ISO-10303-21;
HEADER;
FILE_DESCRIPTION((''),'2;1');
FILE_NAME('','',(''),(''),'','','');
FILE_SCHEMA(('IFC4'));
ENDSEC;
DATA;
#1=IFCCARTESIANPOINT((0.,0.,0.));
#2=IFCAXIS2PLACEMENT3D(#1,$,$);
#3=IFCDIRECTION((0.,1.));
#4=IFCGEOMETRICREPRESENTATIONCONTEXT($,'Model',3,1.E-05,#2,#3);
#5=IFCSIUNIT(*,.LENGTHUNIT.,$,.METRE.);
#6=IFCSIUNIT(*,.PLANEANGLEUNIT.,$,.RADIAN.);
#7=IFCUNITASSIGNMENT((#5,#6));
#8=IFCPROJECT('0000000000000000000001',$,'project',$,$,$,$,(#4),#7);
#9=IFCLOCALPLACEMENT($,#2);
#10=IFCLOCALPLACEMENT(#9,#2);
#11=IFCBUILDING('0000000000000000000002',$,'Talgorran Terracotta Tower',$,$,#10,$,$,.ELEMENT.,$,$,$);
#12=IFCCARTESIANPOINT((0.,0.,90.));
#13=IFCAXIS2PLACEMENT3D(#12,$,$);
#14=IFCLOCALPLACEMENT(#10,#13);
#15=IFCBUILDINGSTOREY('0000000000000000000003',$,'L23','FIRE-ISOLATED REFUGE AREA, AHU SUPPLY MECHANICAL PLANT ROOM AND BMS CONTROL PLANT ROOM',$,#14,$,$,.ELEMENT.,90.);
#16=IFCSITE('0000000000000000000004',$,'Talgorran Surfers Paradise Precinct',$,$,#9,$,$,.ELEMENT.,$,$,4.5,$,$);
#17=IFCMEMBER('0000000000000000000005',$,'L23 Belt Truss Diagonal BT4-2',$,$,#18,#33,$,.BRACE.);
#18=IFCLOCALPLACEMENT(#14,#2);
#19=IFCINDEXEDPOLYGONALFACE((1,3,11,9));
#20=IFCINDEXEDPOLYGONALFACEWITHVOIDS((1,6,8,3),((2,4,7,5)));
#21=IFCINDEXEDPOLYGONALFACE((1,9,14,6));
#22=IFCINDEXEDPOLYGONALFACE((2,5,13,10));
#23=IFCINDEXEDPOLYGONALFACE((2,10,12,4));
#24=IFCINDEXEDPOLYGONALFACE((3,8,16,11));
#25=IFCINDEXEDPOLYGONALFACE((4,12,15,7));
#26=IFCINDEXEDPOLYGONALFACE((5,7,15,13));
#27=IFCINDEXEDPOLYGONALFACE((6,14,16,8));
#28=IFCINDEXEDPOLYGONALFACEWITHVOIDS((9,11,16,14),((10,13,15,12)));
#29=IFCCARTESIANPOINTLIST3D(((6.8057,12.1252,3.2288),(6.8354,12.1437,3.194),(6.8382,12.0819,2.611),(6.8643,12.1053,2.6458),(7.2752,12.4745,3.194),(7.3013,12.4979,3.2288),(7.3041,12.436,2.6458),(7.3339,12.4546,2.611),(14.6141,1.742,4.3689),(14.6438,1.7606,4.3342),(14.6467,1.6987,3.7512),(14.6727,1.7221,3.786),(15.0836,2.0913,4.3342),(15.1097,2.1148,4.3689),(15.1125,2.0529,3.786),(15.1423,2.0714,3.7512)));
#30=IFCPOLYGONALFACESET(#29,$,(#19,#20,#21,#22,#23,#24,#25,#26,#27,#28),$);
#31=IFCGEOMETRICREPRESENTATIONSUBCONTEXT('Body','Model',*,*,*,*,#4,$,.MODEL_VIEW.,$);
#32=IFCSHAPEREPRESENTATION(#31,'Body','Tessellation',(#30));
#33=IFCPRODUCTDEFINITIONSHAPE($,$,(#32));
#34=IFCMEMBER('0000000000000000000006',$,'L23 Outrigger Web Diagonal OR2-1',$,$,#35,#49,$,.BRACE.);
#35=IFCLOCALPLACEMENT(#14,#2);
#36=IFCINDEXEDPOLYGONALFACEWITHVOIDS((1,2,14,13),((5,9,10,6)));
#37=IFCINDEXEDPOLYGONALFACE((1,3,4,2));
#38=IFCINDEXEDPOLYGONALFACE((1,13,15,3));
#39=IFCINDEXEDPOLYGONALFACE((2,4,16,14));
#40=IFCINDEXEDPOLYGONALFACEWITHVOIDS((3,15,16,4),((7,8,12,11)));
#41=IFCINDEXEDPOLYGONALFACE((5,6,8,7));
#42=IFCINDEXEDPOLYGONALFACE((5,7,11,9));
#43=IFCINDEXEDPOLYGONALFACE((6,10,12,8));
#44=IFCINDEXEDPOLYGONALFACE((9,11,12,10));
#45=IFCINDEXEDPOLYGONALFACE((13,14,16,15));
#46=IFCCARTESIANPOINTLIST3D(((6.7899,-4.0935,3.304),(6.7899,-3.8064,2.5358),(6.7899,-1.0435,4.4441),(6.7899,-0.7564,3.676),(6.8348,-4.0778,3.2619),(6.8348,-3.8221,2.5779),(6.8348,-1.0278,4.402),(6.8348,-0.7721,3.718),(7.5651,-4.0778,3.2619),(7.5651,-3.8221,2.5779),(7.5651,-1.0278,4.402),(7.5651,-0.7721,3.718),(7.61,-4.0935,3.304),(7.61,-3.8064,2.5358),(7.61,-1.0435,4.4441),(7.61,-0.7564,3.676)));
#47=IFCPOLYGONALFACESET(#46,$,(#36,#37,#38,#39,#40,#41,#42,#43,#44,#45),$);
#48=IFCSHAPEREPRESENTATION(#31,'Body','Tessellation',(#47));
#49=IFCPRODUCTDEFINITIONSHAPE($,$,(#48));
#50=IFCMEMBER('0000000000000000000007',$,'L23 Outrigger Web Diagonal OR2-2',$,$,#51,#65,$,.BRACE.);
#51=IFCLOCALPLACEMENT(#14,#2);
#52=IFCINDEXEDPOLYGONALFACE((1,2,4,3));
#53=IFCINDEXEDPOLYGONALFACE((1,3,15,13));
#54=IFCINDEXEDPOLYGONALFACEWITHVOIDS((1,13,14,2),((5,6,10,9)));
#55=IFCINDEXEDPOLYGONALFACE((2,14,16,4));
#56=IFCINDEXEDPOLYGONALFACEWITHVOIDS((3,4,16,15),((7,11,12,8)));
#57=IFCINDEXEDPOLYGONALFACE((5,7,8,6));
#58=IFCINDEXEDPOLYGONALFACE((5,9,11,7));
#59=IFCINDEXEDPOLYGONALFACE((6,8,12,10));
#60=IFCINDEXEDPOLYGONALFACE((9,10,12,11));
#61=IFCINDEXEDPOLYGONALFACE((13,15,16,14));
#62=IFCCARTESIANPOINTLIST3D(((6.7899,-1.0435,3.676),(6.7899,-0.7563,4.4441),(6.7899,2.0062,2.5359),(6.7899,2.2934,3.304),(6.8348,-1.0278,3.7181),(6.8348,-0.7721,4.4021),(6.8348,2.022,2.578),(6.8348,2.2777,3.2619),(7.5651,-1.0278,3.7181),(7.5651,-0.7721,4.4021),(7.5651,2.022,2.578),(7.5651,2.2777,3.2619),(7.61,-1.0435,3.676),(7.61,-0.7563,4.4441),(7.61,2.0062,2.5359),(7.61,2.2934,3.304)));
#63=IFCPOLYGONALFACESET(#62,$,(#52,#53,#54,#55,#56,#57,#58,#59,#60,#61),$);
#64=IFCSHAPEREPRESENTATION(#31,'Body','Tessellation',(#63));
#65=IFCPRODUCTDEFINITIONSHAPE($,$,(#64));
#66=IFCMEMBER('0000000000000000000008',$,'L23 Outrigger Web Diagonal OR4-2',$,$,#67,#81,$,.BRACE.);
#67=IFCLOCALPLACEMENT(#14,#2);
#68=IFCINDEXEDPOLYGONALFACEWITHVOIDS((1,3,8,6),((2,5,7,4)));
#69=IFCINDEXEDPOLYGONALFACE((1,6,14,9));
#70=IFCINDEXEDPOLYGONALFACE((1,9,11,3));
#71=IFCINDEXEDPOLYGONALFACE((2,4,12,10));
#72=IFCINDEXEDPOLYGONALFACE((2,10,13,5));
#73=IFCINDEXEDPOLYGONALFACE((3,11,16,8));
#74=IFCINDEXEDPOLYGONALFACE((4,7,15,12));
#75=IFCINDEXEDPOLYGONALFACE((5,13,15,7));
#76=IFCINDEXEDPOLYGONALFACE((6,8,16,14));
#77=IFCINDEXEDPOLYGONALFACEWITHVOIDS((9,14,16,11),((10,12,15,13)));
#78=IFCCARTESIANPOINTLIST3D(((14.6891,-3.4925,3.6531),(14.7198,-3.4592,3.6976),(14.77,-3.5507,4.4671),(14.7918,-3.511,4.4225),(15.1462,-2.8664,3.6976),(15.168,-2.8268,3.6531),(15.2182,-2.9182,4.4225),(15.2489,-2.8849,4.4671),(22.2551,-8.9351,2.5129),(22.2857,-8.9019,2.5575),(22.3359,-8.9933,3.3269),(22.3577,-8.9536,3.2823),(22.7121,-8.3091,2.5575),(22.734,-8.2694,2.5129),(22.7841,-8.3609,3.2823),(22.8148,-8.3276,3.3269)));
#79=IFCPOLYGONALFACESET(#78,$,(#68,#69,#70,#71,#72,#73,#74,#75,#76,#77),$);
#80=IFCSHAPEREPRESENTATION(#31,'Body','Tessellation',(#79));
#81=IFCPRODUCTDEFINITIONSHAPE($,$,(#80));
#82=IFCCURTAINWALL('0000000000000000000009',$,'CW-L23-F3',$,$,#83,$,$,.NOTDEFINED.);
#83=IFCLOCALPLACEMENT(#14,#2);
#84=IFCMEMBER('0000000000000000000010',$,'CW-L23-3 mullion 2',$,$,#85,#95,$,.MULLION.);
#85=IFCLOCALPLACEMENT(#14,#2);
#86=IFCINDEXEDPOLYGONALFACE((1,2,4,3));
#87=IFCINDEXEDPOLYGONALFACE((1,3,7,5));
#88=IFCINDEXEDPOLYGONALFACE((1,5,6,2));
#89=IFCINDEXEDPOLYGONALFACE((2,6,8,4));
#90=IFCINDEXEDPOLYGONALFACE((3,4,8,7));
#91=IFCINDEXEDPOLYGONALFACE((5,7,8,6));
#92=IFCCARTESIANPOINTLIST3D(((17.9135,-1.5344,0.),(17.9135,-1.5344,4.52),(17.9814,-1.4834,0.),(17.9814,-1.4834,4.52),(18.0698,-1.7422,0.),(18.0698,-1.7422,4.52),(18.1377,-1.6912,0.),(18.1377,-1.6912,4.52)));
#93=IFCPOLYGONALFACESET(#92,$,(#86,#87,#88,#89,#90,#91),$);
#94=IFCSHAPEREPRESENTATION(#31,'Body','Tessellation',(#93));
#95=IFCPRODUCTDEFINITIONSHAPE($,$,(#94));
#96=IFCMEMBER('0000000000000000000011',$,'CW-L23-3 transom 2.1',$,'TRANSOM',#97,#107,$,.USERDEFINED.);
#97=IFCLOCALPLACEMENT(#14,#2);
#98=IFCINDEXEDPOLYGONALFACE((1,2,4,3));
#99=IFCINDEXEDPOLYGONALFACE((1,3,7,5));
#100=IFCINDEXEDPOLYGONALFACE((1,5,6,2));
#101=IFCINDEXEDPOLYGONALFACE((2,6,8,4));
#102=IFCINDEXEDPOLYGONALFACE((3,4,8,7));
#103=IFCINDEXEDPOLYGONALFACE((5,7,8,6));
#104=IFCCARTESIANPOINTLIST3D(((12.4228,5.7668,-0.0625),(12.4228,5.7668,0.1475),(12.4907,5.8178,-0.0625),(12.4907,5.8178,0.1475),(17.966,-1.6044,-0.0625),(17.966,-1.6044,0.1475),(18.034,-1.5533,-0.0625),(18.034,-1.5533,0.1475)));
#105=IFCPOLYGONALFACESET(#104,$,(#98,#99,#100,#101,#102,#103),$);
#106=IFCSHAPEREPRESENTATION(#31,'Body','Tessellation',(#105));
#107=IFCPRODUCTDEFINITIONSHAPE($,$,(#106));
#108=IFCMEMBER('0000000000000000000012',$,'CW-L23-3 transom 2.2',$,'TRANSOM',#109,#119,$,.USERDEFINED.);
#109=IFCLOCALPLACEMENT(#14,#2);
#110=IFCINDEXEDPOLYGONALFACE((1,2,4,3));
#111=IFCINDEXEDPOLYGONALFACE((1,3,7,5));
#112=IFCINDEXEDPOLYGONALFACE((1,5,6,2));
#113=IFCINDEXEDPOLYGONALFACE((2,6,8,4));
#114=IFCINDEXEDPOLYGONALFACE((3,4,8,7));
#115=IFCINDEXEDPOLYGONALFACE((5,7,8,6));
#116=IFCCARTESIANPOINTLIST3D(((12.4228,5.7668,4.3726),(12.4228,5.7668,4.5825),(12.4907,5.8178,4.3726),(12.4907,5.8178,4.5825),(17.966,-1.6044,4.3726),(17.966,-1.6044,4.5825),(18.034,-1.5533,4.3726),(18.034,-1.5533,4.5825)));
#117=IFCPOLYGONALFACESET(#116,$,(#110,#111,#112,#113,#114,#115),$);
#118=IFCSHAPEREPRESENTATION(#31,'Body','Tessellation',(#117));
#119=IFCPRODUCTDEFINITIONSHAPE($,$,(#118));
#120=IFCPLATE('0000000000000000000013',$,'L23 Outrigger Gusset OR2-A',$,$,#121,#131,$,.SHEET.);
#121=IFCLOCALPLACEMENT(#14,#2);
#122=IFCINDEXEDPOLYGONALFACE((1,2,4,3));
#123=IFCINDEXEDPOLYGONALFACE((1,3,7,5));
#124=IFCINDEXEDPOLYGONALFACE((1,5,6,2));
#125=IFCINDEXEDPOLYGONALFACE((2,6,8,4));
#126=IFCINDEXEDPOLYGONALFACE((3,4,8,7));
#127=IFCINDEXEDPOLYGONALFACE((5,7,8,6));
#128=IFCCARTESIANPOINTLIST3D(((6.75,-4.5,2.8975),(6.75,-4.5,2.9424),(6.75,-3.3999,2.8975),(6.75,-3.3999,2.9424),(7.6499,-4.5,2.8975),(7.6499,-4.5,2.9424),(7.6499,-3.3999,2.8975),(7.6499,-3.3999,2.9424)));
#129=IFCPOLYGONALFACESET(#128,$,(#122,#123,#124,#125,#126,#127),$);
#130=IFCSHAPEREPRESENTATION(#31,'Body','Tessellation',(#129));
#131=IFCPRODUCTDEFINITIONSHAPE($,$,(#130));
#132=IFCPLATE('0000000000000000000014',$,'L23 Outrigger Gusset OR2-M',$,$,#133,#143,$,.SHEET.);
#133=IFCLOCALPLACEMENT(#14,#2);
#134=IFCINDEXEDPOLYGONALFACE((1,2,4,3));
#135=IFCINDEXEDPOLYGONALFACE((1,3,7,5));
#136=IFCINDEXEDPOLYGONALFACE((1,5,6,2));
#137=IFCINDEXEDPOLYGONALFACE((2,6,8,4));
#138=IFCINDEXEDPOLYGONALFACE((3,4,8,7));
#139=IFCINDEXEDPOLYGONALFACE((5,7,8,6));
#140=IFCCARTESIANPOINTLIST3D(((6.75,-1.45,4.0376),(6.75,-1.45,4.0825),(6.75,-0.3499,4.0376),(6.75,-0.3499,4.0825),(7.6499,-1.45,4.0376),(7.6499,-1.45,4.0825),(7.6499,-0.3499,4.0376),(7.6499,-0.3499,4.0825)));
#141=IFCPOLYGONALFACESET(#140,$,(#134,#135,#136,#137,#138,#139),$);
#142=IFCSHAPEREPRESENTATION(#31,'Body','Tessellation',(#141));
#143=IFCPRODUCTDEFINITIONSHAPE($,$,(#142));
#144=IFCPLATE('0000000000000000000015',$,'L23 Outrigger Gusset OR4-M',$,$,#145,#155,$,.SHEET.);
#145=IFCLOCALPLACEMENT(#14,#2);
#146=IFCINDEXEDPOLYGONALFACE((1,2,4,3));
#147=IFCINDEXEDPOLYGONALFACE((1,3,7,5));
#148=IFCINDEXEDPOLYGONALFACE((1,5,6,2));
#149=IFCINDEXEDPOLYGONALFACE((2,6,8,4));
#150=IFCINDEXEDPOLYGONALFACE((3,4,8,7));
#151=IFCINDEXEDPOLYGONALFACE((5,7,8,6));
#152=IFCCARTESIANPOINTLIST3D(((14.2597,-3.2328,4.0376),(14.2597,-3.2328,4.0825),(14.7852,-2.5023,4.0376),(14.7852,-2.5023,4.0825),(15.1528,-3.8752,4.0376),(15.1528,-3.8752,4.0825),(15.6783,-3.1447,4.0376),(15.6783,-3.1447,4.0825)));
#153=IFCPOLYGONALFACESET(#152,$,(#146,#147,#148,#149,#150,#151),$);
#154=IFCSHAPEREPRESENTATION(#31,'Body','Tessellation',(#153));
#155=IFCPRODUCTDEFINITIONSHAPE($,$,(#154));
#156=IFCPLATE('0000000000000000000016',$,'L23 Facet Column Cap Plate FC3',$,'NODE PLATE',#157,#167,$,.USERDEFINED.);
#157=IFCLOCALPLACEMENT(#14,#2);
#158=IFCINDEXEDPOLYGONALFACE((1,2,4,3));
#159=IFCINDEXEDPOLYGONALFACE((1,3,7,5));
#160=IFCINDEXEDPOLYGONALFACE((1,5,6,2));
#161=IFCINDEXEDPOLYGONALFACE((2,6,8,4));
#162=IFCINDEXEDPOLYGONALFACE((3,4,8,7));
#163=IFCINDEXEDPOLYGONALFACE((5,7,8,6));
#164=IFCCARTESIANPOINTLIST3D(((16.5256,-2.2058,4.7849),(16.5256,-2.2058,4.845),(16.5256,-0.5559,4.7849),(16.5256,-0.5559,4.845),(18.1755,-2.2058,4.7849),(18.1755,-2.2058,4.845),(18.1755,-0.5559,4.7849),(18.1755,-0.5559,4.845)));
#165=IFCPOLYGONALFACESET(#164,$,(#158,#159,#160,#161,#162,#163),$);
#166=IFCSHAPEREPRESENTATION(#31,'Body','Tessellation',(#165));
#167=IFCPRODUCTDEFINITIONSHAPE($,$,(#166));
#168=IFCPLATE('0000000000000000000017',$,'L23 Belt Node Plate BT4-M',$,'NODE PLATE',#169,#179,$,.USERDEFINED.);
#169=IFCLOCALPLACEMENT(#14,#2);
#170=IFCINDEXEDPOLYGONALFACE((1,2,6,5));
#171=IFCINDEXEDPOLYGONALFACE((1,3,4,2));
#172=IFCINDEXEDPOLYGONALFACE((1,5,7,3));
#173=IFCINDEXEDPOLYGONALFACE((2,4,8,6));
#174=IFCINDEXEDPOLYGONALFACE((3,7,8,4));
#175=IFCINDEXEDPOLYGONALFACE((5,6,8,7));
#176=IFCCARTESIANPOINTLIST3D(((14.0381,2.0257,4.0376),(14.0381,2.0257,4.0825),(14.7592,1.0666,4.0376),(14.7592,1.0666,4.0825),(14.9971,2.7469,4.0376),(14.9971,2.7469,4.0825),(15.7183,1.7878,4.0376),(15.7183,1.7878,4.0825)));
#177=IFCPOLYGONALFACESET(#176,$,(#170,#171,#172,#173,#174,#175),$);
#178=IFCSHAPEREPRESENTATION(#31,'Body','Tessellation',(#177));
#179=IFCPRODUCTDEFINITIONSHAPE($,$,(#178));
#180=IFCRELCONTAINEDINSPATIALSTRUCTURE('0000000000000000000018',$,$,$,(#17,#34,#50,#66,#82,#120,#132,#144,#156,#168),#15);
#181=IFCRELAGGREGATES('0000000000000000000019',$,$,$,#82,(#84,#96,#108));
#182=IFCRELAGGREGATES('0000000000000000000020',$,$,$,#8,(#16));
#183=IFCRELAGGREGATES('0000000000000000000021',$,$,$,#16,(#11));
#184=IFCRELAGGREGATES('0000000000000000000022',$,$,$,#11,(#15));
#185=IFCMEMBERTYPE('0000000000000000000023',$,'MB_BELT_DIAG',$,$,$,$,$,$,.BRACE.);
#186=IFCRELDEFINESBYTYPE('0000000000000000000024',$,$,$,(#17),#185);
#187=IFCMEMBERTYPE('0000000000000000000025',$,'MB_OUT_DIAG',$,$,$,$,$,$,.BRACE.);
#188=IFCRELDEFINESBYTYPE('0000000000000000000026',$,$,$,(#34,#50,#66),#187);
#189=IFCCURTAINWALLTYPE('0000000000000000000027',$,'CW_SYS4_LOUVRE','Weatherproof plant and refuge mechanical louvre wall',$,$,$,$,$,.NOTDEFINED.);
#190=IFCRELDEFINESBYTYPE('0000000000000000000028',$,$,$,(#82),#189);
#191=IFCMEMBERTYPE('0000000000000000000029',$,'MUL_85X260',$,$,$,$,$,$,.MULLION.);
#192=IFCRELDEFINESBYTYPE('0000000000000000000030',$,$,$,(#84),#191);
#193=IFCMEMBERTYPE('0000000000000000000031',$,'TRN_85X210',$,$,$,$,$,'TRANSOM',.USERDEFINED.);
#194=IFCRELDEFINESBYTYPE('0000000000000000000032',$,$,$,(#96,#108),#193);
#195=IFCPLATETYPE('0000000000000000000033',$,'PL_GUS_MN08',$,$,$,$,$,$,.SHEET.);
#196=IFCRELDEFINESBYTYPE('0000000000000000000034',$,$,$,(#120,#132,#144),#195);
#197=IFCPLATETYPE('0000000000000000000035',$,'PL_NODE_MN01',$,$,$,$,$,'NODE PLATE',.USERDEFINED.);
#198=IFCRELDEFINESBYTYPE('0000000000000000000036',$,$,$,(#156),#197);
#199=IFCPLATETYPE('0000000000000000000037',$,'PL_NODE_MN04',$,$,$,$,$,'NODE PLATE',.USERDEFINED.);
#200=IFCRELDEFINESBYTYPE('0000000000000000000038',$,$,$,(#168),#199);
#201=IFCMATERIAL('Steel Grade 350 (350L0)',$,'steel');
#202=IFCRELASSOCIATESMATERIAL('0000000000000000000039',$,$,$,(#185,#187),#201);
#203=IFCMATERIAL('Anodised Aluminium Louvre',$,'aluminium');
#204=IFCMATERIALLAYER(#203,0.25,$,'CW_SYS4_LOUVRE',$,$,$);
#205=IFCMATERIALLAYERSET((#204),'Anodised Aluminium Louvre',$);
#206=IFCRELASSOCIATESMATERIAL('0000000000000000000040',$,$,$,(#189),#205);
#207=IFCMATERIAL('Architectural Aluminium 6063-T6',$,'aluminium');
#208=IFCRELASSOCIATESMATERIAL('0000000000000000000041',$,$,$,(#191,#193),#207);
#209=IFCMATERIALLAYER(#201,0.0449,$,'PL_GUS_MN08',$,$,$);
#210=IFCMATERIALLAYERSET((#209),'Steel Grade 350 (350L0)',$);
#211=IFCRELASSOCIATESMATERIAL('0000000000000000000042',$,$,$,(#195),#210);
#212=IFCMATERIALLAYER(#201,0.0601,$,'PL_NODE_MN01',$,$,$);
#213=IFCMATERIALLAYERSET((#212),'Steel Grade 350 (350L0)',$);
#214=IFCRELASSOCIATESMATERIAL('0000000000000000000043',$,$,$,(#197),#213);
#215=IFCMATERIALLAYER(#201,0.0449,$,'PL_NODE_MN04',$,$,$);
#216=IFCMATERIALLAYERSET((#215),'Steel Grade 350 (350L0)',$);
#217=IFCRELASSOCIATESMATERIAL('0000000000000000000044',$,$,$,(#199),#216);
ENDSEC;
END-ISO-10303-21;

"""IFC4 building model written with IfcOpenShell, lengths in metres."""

from ifc_helpers import new_model, si_unit, direction, frame, origin, origin_2d, place, context, subcontext, project, spatial, rectangle, hollow_rectangle, extrude, material, layer, layer_set, material_profile, profile_set, type_object, element, aggregate, save


model = new_model("IFC4")

# Units and contexts
model_context = context("Model", 3, precision=1e-05, world=origin(), true_north=direction((0.0, 1.0)))
body_context = subcontext(model_context, "Body", "Model", "MODEL_VIEW")
ifc_project = project(units=[si_unit("LENGTHUNIT", "METRE"), si_unit("PLANEANGLEUNIT", "RADIAN")], contexts=[model_context])

# Site, building, storey
site_placement = place(None, origin())
site = spatial("IfcSite", under=ifc_project, at=site_placement, Name="Talgorran Surfers Paradise Precinct", CompositionType="ELEMENT", RefElevation=4.5)
building_placement = place(site_placement, origin())
building = spatial("IfcBuilding", under=site, at=building_placement, Name="Talgorran Terracotta Tower", CompositionType="ELEMENT")
storey_placement = place(building_placement, frame((0.0, 0.0, 90.0)))
storey = spatial("IfcBuildingStorey", under=building, at=storey_placement, Name="L23", Description="FIRE-ISOLATED REFUGE AREA, AHU SUPPLY MECHANICAL PLANT ROOM AND BMS CONTROL PLANT ROOM", CompositionType="ELEMENT", Elevation=90.0)

# Shared definitions
ifc_material_1 = material(Name="Steel Grade 350 (350L0)", Category="steel")

# Members
ifc_material_profile_1 = material_profile(ifc_material_1, hollow_rectangle(XDim=0.6201, YDim=0.6201, WallThickness=0.0349, at=origin_2d()), Name="WBOX620X620X35")
ifc_profile_set_1 = profile_set([ifc_material_profile_1], Name="Steel Grade 350 (350L0)")
member_type_1 = type_object("IfcMemberType", Name="MB_BELT_DIAG", PredefinedType="BRACE", material=ifc_profile_set_1)
member_1_placement = place(storey_placement, frame((14.8782, 1.9067, 4.0601), z_axis=(-0.598736, 0.796161, -0.087424), x_axis=(-0.799221, -0.601037, 0.0)))
element("IfcMember", 1, at=member_1_placement, inside=storey, type_object=member_type_1, Name="L23 Belt Truss Diagonal BT4-2", PredefinedType="BRACE", context=body_context, shape_type="SweptSolid", body=[
    extrude(hollow_rectangle(XDim=0.6201, YDim=0.6201, WallThickness=0.0349, at=origin_2d()), origin(), (0.0, 0.0, 1.0), 13.0415),
])
ifc_material_profile_2 = material_profile(ifc_material_1, hollow_rectangle(XDim=0.8201, YDim=0.8201, WallThickness=0.0449, at=origin_2d()), Name="WBOX820X820X45")
ifc_profile_set_2 = profile_set([ifc_material_profile_2], Name="Steel Grade 350 (350L0)")
member_type_2 = type_object("IfcMemberType", Name="MB_OUT_DIAG", PredefinedType="BRACE", material=ifc_profile_set_2)
member_2_placement = place(storey_placement, frame((7.2, -3.95, 2.9199), z_axis=(0.0, 0.936695, 0.350145), x_axis=(-1.0, 0.0, 0.0)))
element("IfcMember", 2, at=member_2_placement, inside=storey, type_object=member_type_2, Name="L23 Outrigger Web Diagonal OR2-1", PredefinedType="BRACE", context=body_context, shape_type="SweptSolid", body=[
    extrude(hollow_rectangle(XDim=0.8201, YDim=0.8201, WallThickness=0.0449, at=origin_2d()), origin(), (0.0, 0.0, 1.0), 3.2561),
])
member_3_placement = place(storey_placement, frame((7.2, -0.8999, 4.0601), z_axis=(0.0, 0.936686, -0.35017), x_axis=(-1.0, 0.0, 0.0)))
element("IfcMember", 3, at=member_3_placement, inside=storey, type_object=member_type_2, Name="L23 Outrigger Web Diagonal OR2-2", PredefinedType="BRACE", context=body_context, shape_type="SweptSolid", body=[
    extrude(hollow_rectangle(XDim=0.8201, YDim=0.8201, WallThickness=0.0449, at=origin_2d()), origin(), (0.0, 0.0, 1.0), 3.2559),
])
member_4_placement = place(storey_placement, frame((14.969, -3.1887, 4.0601), z_axis=(0.805774, -0.579642, -0.121425), x_axis=(0.583963, 0.81178, 0.0)))
element("IfcMember", 4, at=member_4_placement, inside=storey, type_object=member_type_2, Name="L23 Outrigger Web Diagonal OR4-2", PredefinedType="BRACE", context=body_context, shape_type="SweptSolid", body=[
    extrude(hollow_rectangle(XDim=0.8201, YDim=0.8201, WallThickness=0.0449, at=origin_2d()), origin(), (0.0, 0.0, 1.0), 9.3896),
])

# Curtain wall, members
ifc_material_2 = material(Name="Anodised Aluminium Louvre", Category="aluminium")
ifc_layer_1 = layer(ifc_material_2, 0.25, Name="CW_SYS4_LOUVRE")
ifc_layer_set_1 = layer_set([ifc_layer_1], Name="Anodised Aluminium Louvre")
curtain_wall_type = type_object("IfcCurtainWallType", Name="CW_SYS4_LOUVRE", Description="Weatherproof plant and refuge mechanical louvre wall", PredefinedType="NOTDEFINED", material=ifc_layer_set_1)
curtain_wall_placement = place(storey_placement, origin())
curtain_wall = element("IfcCurtainWall", 5, at=curtain_wall_placement, inside=storey, type_object=curtain_wall_type, Name="CW-L23-F3", PredefinedType="NOTDEFINED")
ifc_material_3 = material(Name="Architectural Aluminium 6063-T6", Category="aluminium")
ifc_material_profile_3 = material_profile(ifc_material_3, rectangle(XDim=0.085, YDim=0.26, at=origin_2d()), Name="CWM85X260")
ifc_profile_set_3 = profile_set([ifc_material_profile_3], Name="Architectural Aluminium 6063-T6")
member_type_3 = type_object("IfcMemberType", Name="MUL_85X260", PredefinedType="MULLION", material=ifc_profile_set_3)
member_5_placement = place(storey_placement, frame((18.0256, -1.6128, 0.0), z_axis=(0.0, 0.0, 1.0), x_axis=(-0.799214, -0.601047, 0.0)))
member_5 = element("IfcMember", 6, at=member_5_placement, type_object=member_type_3, Name="CW-L23-3 mullion 2", PredefinedType="MULLION", context=body_context, shape_type="SweptSolid", body=[
    extrude(rectangle(XDim=0.085, YDim=0.26, at=origin_2d()), origin(), (0.0, 0.0, 1.0), 4.52),
])
ifc_material_profile_4 = material_profile(ifc_material_3, rectangle(XDim=0.085, YDim=0.21, at=origin_2d()), Name="CWT85X210")
ifc_profile_set_4 = profile_set([ifc_material_profile_4], Name="Architectural Aluminium 6063-T6")
member_type_4 = type_object("IfcMemberType", Name="TRN_85X210", ElementType="TRANSOM", PredefinedType="USERDEFINED", material=ifc_profile_set_4)
member_6_placement = place(storey_placement, frame((18.0, -1.5789, 0.0425), z_axis=(-0.601033, 0.799224, 0.0), x_axis=(-0.799224, -0.601033, 0.0)))
member_6 = element("IfcMember", 7, at=member_6_placement, type_object=member_type_4, Name="CW-L23-3 transom 2.1", ObjectType="TRANSOM", PredefinedType="USERDEFINED", context=body_context, shape_type="SweptSolid", body=[
    extrude(rectangle(XDim=0.085, YDim=0.21, at=origin_2d()), origin(), (0.0, 0.0, 1.0), 9.2229),
])
member_7_placement = place(storey_placement, frame((18.0, -1.5789, 4.4775), z_axis=(-0.601033, 0.799224, 0.0), x_axis=(-0.799224, -0.601033, 0.0)))
member_7 = element("IfcMember", 8, at=member_7_placement, type_object=member_type_4, Name="CW-L23-3 transom 2.2", ObjectType="TRANSOM", PredefinedType="USERDEFINED", context=body_context, shape_type="SweptSolid", body=[
    extrude(rectangle(XDim=0.085, YDim=0.21, at=origin_2d()), origin(), (0.0, 0.0, 1.0), 9.2229),
])

# Plates
ifc_layer_2 = layer(ifc_material_1, 0.0449, Name="PL_GUS_MN08")
ifc_layer_set_2 = layer_set([ifc_layer_2], Name="Steel Grade 350 (350L0)")
plate_type_1 = type_object("IfcPlateType", Name="PL_GUS_MN08", PredefinedType="SHEET", material=ifc_layer_set_2)
for number, where, z_axis, x_axis, name in (
    (9, (7.2, -3.95, 2.8975), (0.0, 0.0, 1.0), (0.0, 1.0, 0.0), "L23 Outrigger Gusset OR2-A"),
    (10, (7.2, -0.8999, 4.0376), (0.0, 0.0, 1.0), (0.0, 1.0, 0.0), "L23 Outrigger Gusset OR2-M"),
    (11, (14.969, -3.1887, 4.0376), (0.0, 0.0, 1.0), (0.811778, -0.583966, 0.0), "L23 Outrigger Gusset OR4-M"),
):
    element("IfcPlate", number, at=place(storey_placement, frame(where, z_axis=z_axis, x_axis=x_axis)), inside=storey, type_object=plate_type_1, Name=name, PredefinedType="SHEET", context=body_context, shape_type="SweptSolid", body=[
        extrude(rectangle(XDim=1.1001, YDim=0.8999, at=origin_2d()), origin(), (0.0, 0.0, 1.0), 0.0449),
    ])
ifc_layer_3 = layer(ifc_material_1, 0.0601, Name="PL_NODE_MN01")
ifc_layer_set_3 = layer_set([ifc_layer_3], Name="Steel Grade 350 (350L0)")
plate_type_2 = type_object("IfcPlateType", Name="PL_NODE_MN01", ElementType="NODE PLATE", PredefinedType="USERDEFINED", material=ifc_layer_set_3)
plate_1_placement = place(storey_placement, frame((17.3506, -1.3809, 4.7849), z_axis=(0.0, 0.0, 1.0), x_axis=(1.0, 0.0, 0.0)))
element("IfcPlate", 12, at=plate_1_placement, inside=storey, type_object=plate_type_2, Name="L23 Facet Column Cap Plate FC3", ObjectType="NODE PLATE", PredefinedType="USERDEFINED", context=body_context, shape_type="SweptSolid", body=[
    extrude(rectangle(XDim=1.6499, YDim=1.6499, at=origin_2d()), origin(), (0.0, 0.0, 1.0), 0.0601),
])
ifc_layer_4 = layer(ifc_material_1, 0.0449, Name="PL_NODE_MN04")
ifc_layer_set_4 = layer_set([ifc_layer_4], Name="Steel Grade 350 (350L0)")
plate_type_3 = type_object("IfcPlateType", Name="PL_NODE_MN04", ElementType="NODE PLATE", PredefinedType="USERDEFINED", material=ifc_layer_set_4)
plate_2_placement = place(storey_placement, frame((14.8782, 1.9067, 4.0376), z_axis=(0.0, 0.0, 1.0), x_axis=(-0.600978, 0.799265, 0.0)))
element("IfcPlate", 13, at=plate_2_placement, inside=storey, type_object=plate_type_3, Name="L23 Belt Node Plate BT4-M", ObjectType="NODE PLATE", PredefinedType="USERDEFINED", context=body_context, shape_type="SweptSolid", body=[
    extrude(rectangle(XDim=1.2, YDim=1.2, at=origin_2d()), origin(), (0.0, 0.0, 1.0), 0.0449),
])

aggregate(curtain_wall, [member_5, member_6, member_7])

save(model, "model.ifc")
